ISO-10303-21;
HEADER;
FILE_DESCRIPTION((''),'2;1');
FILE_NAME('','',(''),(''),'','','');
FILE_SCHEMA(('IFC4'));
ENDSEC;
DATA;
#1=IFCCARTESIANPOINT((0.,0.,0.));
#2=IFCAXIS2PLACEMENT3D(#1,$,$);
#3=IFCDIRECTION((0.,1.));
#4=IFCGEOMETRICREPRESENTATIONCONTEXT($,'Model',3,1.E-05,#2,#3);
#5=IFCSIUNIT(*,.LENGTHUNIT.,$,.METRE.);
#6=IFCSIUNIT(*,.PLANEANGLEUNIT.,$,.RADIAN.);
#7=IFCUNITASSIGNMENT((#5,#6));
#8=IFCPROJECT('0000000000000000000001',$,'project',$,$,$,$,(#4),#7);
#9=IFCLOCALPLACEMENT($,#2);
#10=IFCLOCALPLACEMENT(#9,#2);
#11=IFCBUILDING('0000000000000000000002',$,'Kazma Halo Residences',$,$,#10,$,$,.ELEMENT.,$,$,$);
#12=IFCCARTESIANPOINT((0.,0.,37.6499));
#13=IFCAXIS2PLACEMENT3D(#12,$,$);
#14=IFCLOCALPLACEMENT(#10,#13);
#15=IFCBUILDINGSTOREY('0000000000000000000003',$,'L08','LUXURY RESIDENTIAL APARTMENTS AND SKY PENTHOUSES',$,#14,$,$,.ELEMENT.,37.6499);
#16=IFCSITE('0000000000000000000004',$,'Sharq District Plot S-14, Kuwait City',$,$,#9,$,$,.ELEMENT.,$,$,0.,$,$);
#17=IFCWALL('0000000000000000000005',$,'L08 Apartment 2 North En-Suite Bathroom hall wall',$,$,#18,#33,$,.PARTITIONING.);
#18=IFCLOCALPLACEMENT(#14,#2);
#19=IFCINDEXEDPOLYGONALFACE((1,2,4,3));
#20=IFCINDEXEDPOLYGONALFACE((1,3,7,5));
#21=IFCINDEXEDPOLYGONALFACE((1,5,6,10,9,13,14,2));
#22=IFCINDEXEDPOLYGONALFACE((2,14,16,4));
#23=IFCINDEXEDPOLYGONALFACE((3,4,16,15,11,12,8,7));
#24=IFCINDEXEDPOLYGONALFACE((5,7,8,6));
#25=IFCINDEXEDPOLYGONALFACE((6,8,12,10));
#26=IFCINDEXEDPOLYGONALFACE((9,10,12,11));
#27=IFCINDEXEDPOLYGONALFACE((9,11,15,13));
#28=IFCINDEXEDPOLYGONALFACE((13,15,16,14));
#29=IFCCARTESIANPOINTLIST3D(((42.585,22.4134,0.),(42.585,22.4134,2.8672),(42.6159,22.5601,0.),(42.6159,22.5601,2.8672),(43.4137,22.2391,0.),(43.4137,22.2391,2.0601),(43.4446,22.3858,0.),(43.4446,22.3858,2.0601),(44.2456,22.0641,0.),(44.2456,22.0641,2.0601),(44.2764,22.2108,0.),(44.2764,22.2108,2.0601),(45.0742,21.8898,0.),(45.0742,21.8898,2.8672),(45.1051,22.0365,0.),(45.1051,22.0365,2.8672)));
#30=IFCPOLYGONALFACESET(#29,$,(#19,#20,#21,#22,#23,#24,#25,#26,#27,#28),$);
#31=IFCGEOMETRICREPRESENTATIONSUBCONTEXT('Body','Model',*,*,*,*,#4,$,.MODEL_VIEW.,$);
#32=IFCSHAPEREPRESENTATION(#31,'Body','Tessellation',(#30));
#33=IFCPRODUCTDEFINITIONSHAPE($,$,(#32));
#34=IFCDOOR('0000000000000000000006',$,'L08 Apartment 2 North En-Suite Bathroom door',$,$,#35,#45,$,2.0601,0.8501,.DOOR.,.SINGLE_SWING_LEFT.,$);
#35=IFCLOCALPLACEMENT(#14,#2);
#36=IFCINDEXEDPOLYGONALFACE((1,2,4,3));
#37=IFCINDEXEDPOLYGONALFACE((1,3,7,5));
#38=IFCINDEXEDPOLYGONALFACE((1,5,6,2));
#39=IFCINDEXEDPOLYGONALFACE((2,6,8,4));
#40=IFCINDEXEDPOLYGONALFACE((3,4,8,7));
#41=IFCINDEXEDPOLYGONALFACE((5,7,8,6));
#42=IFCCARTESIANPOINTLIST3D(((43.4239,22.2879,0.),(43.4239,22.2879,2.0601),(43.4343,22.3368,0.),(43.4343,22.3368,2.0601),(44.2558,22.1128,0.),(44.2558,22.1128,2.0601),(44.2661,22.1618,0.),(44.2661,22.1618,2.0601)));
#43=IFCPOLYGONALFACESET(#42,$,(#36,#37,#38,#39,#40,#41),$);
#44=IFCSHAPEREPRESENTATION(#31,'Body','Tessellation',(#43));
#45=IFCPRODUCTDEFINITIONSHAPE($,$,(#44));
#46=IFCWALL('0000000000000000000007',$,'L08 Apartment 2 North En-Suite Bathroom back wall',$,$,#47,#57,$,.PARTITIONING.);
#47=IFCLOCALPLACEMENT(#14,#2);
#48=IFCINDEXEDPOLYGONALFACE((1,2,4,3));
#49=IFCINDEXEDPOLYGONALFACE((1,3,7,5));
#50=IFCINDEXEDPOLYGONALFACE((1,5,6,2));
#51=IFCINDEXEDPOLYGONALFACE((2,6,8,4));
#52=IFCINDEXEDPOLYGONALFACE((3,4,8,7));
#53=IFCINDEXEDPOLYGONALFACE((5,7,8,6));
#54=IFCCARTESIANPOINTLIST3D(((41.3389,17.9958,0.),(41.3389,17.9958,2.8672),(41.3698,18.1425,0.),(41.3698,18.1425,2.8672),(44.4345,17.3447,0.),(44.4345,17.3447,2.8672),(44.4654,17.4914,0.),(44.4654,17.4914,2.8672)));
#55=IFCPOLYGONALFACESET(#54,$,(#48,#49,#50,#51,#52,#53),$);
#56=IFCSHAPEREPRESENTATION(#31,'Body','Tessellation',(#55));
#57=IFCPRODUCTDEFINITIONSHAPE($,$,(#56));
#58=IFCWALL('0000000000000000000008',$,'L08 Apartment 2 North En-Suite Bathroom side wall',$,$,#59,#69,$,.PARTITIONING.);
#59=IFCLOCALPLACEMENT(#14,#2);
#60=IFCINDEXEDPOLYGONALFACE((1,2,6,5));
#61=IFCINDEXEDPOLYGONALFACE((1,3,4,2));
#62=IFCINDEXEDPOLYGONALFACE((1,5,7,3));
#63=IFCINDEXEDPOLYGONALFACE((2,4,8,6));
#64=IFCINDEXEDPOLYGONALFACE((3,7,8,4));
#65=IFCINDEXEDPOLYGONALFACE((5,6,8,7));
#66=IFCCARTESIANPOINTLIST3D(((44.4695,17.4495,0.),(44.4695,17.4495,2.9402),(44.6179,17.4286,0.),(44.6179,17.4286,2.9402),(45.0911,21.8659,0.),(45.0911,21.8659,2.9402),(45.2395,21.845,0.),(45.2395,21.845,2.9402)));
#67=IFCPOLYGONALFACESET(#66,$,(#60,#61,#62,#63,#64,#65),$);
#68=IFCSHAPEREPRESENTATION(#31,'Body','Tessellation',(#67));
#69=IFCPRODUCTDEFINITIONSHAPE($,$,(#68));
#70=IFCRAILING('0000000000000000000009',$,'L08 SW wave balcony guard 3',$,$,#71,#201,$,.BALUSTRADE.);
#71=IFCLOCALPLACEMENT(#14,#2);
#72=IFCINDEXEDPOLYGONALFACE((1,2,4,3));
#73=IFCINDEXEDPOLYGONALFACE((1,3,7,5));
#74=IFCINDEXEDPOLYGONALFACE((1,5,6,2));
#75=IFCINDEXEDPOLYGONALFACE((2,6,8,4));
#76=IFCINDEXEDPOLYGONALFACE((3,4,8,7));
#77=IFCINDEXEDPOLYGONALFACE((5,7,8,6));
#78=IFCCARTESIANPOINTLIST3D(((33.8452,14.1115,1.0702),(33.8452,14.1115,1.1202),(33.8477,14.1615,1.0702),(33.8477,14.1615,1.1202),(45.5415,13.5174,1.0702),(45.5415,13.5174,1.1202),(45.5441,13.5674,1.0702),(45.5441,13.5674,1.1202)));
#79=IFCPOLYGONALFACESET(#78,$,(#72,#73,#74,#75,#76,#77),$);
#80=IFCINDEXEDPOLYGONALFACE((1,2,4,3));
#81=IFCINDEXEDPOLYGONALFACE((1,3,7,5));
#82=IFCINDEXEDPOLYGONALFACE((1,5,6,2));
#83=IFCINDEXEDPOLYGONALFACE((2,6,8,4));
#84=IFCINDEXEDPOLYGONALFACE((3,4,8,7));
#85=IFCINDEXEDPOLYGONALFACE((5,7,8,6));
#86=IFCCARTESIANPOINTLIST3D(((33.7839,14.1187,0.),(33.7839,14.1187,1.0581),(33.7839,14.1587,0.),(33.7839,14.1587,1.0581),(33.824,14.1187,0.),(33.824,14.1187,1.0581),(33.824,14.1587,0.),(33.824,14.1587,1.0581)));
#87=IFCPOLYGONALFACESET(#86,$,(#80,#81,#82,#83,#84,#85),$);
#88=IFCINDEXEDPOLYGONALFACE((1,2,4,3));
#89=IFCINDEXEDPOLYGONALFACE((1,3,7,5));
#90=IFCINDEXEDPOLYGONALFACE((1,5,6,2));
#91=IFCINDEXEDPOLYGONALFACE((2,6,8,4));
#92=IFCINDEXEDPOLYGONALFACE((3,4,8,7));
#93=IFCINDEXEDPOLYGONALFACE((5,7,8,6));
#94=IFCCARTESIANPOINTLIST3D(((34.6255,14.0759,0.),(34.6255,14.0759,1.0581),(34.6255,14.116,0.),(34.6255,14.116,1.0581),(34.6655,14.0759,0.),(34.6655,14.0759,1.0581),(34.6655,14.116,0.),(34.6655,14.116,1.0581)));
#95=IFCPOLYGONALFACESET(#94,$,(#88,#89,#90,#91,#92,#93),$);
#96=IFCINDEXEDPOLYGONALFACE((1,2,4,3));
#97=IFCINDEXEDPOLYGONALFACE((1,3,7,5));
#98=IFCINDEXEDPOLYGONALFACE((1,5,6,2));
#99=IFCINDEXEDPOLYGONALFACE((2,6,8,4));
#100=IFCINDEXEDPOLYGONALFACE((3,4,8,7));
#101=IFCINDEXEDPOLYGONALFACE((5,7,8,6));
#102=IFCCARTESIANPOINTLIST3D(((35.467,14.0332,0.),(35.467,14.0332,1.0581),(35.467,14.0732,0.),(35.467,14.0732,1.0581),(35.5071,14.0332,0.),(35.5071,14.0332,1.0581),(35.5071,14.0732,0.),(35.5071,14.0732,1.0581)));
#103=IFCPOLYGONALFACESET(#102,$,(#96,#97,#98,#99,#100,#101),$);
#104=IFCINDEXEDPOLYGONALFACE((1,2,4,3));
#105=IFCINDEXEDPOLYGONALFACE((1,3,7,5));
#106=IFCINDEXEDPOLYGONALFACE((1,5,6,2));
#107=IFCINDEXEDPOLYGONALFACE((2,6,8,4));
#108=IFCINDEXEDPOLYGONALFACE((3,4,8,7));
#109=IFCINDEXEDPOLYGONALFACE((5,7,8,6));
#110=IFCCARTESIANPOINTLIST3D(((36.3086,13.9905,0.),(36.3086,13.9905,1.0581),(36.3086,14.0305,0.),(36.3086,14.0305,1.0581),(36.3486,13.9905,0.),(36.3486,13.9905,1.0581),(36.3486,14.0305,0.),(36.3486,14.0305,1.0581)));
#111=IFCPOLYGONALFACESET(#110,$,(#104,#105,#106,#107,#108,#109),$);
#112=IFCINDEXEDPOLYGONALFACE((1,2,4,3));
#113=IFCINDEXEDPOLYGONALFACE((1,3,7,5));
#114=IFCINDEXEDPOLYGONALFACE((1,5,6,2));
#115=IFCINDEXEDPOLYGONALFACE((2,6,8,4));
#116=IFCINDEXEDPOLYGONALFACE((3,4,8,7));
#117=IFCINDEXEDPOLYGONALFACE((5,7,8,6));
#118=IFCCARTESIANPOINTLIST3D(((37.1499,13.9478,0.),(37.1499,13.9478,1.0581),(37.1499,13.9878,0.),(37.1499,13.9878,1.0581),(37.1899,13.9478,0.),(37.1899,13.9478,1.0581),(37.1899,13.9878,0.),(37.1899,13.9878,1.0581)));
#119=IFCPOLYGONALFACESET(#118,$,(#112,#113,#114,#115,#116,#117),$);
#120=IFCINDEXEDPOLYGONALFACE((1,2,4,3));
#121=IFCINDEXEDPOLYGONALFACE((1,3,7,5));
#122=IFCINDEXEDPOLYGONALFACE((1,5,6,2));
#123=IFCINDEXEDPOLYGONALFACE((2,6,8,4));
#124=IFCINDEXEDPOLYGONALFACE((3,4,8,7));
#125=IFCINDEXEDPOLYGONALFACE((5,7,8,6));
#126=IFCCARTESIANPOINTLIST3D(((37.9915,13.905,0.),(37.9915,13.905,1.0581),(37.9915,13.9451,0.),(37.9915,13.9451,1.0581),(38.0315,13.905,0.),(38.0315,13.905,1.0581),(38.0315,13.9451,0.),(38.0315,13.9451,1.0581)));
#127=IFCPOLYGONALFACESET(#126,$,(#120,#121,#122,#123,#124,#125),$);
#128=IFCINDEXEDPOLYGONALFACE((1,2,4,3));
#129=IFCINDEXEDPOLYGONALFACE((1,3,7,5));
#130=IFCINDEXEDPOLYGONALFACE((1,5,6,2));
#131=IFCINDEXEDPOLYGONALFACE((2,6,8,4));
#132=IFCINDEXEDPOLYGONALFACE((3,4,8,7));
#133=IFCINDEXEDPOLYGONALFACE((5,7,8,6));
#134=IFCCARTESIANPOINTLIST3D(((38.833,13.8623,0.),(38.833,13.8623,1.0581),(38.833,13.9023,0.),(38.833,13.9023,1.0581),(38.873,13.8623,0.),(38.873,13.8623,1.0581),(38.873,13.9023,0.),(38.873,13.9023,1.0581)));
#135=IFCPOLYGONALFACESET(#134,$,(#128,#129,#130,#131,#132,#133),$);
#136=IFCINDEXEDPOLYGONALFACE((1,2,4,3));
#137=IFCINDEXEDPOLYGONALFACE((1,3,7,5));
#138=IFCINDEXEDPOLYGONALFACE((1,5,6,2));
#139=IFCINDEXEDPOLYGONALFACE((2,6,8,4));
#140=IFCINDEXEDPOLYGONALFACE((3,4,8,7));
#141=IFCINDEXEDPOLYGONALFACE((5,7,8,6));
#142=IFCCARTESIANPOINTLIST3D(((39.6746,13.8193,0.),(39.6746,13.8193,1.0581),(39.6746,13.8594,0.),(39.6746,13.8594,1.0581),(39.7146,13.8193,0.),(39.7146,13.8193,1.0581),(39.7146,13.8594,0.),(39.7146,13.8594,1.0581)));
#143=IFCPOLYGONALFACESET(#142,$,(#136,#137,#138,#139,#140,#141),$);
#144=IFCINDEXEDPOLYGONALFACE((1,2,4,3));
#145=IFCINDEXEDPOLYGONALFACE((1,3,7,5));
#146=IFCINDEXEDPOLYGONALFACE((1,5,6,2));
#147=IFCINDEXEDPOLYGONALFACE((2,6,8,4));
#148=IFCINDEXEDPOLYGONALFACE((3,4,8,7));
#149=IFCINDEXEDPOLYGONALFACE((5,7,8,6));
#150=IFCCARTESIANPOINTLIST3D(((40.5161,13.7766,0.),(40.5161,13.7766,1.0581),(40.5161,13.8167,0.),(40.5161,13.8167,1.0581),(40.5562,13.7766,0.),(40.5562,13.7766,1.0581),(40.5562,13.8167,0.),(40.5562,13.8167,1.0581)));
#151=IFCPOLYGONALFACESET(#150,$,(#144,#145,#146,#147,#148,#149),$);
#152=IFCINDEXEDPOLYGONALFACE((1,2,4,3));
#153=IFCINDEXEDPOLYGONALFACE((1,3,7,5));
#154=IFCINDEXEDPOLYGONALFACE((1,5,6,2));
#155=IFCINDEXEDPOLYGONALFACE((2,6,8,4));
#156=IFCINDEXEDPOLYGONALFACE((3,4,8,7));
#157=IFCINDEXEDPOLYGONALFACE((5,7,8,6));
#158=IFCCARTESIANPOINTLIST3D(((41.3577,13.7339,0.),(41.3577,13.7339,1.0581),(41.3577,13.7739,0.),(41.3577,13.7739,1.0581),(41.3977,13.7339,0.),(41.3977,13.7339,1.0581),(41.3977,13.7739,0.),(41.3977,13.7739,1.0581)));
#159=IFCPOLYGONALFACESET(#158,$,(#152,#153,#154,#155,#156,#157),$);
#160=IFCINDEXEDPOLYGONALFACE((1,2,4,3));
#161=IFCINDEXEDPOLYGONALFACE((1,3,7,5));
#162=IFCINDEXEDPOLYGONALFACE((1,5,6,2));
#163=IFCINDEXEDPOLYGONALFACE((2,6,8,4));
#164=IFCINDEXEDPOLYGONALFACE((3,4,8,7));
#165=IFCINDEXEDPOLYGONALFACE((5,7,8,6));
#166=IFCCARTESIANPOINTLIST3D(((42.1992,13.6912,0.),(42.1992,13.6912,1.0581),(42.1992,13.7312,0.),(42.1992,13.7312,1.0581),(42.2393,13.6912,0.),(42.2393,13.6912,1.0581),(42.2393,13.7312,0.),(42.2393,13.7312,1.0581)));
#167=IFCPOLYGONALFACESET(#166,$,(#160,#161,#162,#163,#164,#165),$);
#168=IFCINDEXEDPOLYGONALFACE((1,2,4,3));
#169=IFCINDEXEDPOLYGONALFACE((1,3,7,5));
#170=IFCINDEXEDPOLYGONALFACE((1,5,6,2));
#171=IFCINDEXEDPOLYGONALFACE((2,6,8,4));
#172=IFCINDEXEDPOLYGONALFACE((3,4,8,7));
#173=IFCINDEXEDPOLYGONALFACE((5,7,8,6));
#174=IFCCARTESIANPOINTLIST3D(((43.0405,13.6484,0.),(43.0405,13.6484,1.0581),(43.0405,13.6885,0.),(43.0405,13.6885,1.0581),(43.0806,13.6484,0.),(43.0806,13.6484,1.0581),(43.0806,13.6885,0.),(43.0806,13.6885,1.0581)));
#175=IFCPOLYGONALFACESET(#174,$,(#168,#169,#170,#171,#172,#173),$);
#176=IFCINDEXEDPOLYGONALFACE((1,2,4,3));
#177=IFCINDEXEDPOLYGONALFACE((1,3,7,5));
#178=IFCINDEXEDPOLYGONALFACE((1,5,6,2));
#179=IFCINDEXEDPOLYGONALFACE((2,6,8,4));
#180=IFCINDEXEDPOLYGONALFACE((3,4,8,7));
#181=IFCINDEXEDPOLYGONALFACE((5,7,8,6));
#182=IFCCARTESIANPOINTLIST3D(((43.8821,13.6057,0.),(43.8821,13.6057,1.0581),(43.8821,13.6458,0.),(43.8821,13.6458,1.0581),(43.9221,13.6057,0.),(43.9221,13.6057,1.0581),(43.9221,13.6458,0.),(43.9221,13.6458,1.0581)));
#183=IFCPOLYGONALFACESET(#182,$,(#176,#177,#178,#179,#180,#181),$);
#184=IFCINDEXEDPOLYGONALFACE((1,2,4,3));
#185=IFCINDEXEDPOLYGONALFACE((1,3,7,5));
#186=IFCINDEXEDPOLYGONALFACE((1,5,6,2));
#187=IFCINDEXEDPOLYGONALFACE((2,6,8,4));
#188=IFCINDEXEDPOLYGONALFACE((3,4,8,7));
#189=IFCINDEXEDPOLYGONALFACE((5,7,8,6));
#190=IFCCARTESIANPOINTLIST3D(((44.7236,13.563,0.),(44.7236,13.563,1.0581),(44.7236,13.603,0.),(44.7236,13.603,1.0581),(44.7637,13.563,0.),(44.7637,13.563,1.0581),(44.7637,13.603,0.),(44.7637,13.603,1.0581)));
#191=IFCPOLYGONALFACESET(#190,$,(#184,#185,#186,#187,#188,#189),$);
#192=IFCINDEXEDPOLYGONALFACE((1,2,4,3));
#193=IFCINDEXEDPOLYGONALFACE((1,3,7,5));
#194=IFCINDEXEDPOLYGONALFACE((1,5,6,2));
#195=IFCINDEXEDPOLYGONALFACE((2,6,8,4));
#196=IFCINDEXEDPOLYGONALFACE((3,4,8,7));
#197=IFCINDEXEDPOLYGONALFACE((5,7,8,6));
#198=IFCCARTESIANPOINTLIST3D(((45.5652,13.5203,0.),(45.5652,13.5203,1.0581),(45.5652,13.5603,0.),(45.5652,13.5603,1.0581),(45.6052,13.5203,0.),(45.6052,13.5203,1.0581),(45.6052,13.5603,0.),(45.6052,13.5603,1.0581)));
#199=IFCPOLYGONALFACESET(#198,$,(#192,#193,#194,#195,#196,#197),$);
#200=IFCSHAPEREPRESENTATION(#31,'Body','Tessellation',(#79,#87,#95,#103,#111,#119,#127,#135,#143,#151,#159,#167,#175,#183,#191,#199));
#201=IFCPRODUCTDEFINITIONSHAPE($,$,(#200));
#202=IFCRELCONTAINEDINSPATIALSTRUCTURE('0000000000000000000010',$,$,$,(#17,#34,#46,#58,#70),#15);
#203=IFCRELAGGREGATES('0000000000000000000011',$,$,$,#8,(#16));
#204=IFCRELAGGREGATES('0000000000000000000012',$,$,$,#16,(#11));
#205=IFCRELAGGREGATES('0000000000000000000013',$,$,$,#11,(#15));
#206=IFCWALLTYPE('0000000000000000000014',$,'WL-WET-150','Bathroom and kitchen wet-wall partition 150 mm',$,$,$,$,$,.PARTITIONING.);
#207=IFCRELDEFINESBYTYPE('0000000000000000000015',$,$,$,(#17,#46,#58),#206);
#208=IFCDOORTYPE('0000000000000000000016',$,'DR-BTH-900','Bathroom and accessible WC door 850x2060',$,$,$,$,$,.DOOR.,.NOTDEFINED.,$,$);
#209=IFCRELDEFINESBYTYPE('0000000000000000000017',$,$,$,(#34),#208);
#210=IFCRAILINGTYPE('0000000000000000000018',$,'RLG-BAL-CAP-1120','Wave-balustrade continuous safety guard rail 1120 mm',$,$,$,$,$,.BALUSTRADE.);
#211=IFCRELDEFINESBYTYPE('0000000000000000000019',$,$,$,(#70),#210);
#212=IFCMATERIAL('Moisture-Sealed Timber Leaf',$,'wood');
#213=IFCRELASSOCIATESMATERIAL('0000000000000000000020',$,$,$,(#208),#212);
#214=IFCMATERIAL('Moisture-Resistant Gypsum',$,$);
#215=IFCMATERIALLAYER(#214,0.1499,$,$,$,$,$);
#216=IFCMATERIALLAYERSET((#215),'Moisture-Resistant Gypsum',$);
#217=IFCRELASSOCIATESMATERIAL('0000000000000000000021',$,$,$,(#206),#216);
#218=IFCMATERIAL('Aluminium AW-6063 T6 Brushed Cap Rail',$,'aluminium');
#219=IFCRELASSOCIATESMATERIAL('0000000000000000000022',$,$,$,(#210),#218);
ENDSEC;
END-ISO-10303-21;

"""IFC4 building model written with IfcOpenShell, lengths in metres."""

from ifc_helpers import new_model, si_unit, direction, frame, frame_2d, origin, origin_2d, place, context, subcontext, project, spatial, rectangle, extrude, material, layer, layer_set, type_object, element, fill, save


model = new_model("IFC4")

# Units and contexts
model_context = context("Model", 3, precision=1e-05, world=origin(), true_north=direction((0.0, 1.0)))
body_context = subcontext(model_context, "Body", "Model", "MODEL_VIEW")
ifc_project = project(units=[si_unit("LENGTHUNIT", "METRE"), si_unit("PLANEANGLEUNIT", "RADIAN")], contexts=[model_context])

# Site, building, storey
site_placement = place(None, origin())
site = spatial("IfcSite", under=ifc_project, at=site_placement, Name="Sharq District Plot S-14, Kuwait City", CompositionType="ELEMENT", RefElevation=0.0)
building_placement = place(site_placement, origin())
building = spatial("IfcBuilding", under=site, at=building_placement, Name="Kazma Halo Residences", CompositionType="ELEMENT")
storey_placement = place(building_placement, frame((0.0, 0.0, 37.6499)))
storey = spatial("IfcBuildingStorey", under=building, at=storey_placement, Name="L08", Description="LUXURY RESIDENTIAL APARTMENTS AND SKY PENTHOUSES", CompositionType="ELEMENT", Elevation=37.6499)

# Wall, opening, door
ifc_material_1 = material(Name="Moisture-Sealed Timber Leaf", Category="wood")
door_type_1 = type_object("IfcDoorType", Name="DR-BTH-900", Description="Bathroom and accessible WC door 850x2060", OperationType="NOTDEFINED", PredefinedType="DOOR", material=ifc_material_1)
ifc_material_2 = material(Name="Moisture-Resistant Gypsum")
ifc_layer_1 = layer(ifc_material_2, 0.1499)
ifc_layer_set_1 = layer_set([ifc_layer_1], Name="Moisture-Resistant Gypsum")
wall_type_1 = type_object("IfcWallType", Name="WL-WET-150", Description="Bathroom and kitchen wet-wall partition 150 mm", PredefinedType="PARTITIONING", material=ifc_layer_set_1)
wall_1_placement = place(storey_placement, frame((42.6003, 22.4868, 0.0), z_axis=(0.0, 0.0, 1.0), x_axis=(0.978579, -0.20587, 0.0)))
wall_1 = element("IfcWall", 1, at=wall_1_placement, inside=storey, type_object=wall_type_1, Name="L08 Apartment 2 North En-Suite Bathroom hall wall", PredefinedType="PARTITIONING", context=body_context, shape_type="SweptSolid", body=[
    extrude(rectangle(XDim=2.5437, YDim=0.1499, at=frame_2d((1.272, 0.0))), origin(), (0.0, 0.0, 1.0), 2.8672),
])
opening_1_placement = place(wall_1_placement, frame((0.8469, 0.0, 0.0)))
opening_1 = element("IfcOpeningElement", 2, at=opening_1_placement, cuts=wall_1, PredefinedType="OPENING", context=body_context, shape_type="SweptSolid", body=[
    extrude(rectangle(XDim=0.8501, YDim=2.0601, at=frame_2d((0.425, 1.03))), frame((0.0, 0.085, 0.0), z_axis=(0.0, -1.0, 0.0), x_axis=(1.0, 0.0, 0.0)), (0.0, 0.0, 1.0), 0.1699),
])
door_1_placement = place(opening_1_placement, origin())
door_1 = element("IfcDoor", 3, at=door_1_placement, inside=storey, type_object=door_type_1, Name="L08 Apartment 2 North En-Suite Bathroom door", OperationType="SINGLE_SWING_LEFT", OverallHeight=2.0601, OverallWidth=0.8501, PredefinedType="DOOR", context=body_context, shape_type="SweptSolid", body=[
    extrude(rectangle(XDim=0.8501, YDim=2.0601, at=frame_2d((0.425, 1.03))), frame((0.0, 0.0249, 0.0), z_axis=(0.0, -1.0, 0.0), x_axis=(1.0, 0.0, 0.0)), (0.0, 0.0, 1.0), 0.05),
])
fill(opening_1, door_1)

# Walls
wall_2_placement = place(storey_placement, frame((41.3545, 18.0691, 0.0), z_axis=(0.0, 0.0, 1.0), x_axis=(0.978588, -0.205828, 0.0)))
element("IfcWall", 4, at=wall_2_placement, inside=storey, type_object=wall_type_1, Name="L08 Apartment 2 North En-Suite Bathroom back wall", PredefinedType="PARTITIONING", context=body_context, shape_type="SweptSolid", body=[
    extrude(rectangle(XDim=3.1633, YDim=0.1499, at=frame_2d((1.5815, 0.0))), origin(), (0.0, 0.0, 1.0), 2.8672),
])
wall_3_placement = place(storey_placement, frame((45.1653, 21.8555, 0.0), z_axis=(0.0, 0.0, 1.0), x_axis=(-0.139367, -0.990241, 0.0)))
element("IfcWall", 5, at=wall_3_placement, inside=storey, type_object=wall_type_1, Name="L08 Apartment 2 North En-Suite Bathroom side wall", PredefinedType="PARTITIONING", context=body_context, shape_type="SweptSolid", body=[
    extrude(rectangle(XDim=4.46, YDim=0.1499, at=frame_2d((2.23, 0.0))), origin(), (0.0, 0.0, 1.0), 2.9402),
])

# Railing
ifc_material_3 = material(Name="Aluminium AW-6063 T6 Brushed Cap Rail", Category="aluminium")
railing_type = type_object("IfcRailingType", Name="RLG-BAL-CAP-1120", Description="Wave-balustrade continuous safety guard rail 1120 mm", PredefinedType="BALUSTRADE", material=ifc_material_3)
railing_1_placement = place(storey_placement, frame((33.804, 14.1387, 0.0)))
element("IfcRailing", 6, at=railing_1_placement, inside=storey, type_object=railing_type, Name="L08 SW wave balcony guard 3", PredefinedType="BALUSTRADE", context=body_context, shape_type="SweptSolid", body=[
    extrude(rectangle(XDim=0.05, YDim=0.05, at=origin_2d()), frame((0.0425, -0.0022, 1.0952), z_axis=(0.998713, -0.050726, 0.0), x_axis=(0.050726, 0.998713, 0.0)), (0.0, 0.0, 1.0), 11.7114),
    extrude(rectangle(XDim=0.04, YDim=0.04, at=origin_2d()), origin(), (0.0, 0.0, 1.0), 1.0581),
    extrude(rectangle(XDim=0.04, YDim=0.04, at=origin_2d()), frame((0.8416, -0.0427, 0.0)), (0.0, 0.0, 1.0), 1.0581),
    extrude(rectangle(XDim=0.04, YDim=0.04, at=origin_2d()), frame((1.6831, -0.0854, 0.0)), (0.0, 0.0, 1.0), 1.0581),
    extrude(rectangle(XDim=0.04, YDim=0.04, at=origin_2d()), frame((2.5247, -0.1282, 0.0)), (0.0, 0.0, 1.0), 1.0581),
    extrude(rectangle(XDim=0.04, YDim=0.04, at=origin_2d()), frame((3.366, -0.1709, 0.0)), (0.0, 0.0, 1.0), 1.0581),
    extrude(rectangle(XDim=0.04, YDim=0.04, at=origin_2d()), frame((4.2075, -0.2136, 0.0)), (0.0, 0.0, 1.0), 1.0581),
    extrude(rectangle(XDim=0.04, YDim=0.04, at=origin_2d()), frame((5.0491, -0.2563, 0.0)), (0.0, 0.0, 1.0), 1.0581),
    extrude(rectangle(XDim=0.04, YDim=0.04, at=origin_2d()), frame((5.8906, -0.2993, 0.0)), (0.0, 0.0, 1.0), 1.0581),
    extrude(rectangle(XDim=0.04, YDim=0.04, at=origin_2d()), frame((6.7322, -0.342, 0.0)), (0.0, 0.0, 1.0), 1.0581),
    extrude(rectangle(XDim=0.04, YDim=0.04, at=origin_2d()), frame((7.5737, -0.3848, 0.0)), (0.0, 0.0, 1.0), 1.0581),
    extrude(rectangle(XDim=0.04, YDim=0.04, at=origin_2d()), frame((8.4153, -0.4275, 0.0)), (0.0, 0.0, 1.0), 1.0581),
    extrude(rectangle(XDim=0.04, YDim=0.04, at=origin_2d()), frame((9.2566, -0.4702, 0.0)), (0.0, 0.0, 1.0), 1.0581),
    extrude(rectangle(XDim=0.04, YDim=0.04, at=origin_2d()), frame((10.0981, -0.5129, 0.0)), (0.0, 0.0, 1.0), 1.0581),
    extrude(rectangle(XDim=0.04, YDim=0.04, at=origin_2d()), frame((10.9397, -0.5557, 0.0)), (0.0, 0.0, 1.0), 1.0581),
    extrude(rectangle(XDim=0.04, YDim=0.04, at=origin_2d()), frame((11.7812, -0.5984, 0.0)), (0.0, 0.0, 1.0), 1.0581),
])

save(model, "model.ifc")
